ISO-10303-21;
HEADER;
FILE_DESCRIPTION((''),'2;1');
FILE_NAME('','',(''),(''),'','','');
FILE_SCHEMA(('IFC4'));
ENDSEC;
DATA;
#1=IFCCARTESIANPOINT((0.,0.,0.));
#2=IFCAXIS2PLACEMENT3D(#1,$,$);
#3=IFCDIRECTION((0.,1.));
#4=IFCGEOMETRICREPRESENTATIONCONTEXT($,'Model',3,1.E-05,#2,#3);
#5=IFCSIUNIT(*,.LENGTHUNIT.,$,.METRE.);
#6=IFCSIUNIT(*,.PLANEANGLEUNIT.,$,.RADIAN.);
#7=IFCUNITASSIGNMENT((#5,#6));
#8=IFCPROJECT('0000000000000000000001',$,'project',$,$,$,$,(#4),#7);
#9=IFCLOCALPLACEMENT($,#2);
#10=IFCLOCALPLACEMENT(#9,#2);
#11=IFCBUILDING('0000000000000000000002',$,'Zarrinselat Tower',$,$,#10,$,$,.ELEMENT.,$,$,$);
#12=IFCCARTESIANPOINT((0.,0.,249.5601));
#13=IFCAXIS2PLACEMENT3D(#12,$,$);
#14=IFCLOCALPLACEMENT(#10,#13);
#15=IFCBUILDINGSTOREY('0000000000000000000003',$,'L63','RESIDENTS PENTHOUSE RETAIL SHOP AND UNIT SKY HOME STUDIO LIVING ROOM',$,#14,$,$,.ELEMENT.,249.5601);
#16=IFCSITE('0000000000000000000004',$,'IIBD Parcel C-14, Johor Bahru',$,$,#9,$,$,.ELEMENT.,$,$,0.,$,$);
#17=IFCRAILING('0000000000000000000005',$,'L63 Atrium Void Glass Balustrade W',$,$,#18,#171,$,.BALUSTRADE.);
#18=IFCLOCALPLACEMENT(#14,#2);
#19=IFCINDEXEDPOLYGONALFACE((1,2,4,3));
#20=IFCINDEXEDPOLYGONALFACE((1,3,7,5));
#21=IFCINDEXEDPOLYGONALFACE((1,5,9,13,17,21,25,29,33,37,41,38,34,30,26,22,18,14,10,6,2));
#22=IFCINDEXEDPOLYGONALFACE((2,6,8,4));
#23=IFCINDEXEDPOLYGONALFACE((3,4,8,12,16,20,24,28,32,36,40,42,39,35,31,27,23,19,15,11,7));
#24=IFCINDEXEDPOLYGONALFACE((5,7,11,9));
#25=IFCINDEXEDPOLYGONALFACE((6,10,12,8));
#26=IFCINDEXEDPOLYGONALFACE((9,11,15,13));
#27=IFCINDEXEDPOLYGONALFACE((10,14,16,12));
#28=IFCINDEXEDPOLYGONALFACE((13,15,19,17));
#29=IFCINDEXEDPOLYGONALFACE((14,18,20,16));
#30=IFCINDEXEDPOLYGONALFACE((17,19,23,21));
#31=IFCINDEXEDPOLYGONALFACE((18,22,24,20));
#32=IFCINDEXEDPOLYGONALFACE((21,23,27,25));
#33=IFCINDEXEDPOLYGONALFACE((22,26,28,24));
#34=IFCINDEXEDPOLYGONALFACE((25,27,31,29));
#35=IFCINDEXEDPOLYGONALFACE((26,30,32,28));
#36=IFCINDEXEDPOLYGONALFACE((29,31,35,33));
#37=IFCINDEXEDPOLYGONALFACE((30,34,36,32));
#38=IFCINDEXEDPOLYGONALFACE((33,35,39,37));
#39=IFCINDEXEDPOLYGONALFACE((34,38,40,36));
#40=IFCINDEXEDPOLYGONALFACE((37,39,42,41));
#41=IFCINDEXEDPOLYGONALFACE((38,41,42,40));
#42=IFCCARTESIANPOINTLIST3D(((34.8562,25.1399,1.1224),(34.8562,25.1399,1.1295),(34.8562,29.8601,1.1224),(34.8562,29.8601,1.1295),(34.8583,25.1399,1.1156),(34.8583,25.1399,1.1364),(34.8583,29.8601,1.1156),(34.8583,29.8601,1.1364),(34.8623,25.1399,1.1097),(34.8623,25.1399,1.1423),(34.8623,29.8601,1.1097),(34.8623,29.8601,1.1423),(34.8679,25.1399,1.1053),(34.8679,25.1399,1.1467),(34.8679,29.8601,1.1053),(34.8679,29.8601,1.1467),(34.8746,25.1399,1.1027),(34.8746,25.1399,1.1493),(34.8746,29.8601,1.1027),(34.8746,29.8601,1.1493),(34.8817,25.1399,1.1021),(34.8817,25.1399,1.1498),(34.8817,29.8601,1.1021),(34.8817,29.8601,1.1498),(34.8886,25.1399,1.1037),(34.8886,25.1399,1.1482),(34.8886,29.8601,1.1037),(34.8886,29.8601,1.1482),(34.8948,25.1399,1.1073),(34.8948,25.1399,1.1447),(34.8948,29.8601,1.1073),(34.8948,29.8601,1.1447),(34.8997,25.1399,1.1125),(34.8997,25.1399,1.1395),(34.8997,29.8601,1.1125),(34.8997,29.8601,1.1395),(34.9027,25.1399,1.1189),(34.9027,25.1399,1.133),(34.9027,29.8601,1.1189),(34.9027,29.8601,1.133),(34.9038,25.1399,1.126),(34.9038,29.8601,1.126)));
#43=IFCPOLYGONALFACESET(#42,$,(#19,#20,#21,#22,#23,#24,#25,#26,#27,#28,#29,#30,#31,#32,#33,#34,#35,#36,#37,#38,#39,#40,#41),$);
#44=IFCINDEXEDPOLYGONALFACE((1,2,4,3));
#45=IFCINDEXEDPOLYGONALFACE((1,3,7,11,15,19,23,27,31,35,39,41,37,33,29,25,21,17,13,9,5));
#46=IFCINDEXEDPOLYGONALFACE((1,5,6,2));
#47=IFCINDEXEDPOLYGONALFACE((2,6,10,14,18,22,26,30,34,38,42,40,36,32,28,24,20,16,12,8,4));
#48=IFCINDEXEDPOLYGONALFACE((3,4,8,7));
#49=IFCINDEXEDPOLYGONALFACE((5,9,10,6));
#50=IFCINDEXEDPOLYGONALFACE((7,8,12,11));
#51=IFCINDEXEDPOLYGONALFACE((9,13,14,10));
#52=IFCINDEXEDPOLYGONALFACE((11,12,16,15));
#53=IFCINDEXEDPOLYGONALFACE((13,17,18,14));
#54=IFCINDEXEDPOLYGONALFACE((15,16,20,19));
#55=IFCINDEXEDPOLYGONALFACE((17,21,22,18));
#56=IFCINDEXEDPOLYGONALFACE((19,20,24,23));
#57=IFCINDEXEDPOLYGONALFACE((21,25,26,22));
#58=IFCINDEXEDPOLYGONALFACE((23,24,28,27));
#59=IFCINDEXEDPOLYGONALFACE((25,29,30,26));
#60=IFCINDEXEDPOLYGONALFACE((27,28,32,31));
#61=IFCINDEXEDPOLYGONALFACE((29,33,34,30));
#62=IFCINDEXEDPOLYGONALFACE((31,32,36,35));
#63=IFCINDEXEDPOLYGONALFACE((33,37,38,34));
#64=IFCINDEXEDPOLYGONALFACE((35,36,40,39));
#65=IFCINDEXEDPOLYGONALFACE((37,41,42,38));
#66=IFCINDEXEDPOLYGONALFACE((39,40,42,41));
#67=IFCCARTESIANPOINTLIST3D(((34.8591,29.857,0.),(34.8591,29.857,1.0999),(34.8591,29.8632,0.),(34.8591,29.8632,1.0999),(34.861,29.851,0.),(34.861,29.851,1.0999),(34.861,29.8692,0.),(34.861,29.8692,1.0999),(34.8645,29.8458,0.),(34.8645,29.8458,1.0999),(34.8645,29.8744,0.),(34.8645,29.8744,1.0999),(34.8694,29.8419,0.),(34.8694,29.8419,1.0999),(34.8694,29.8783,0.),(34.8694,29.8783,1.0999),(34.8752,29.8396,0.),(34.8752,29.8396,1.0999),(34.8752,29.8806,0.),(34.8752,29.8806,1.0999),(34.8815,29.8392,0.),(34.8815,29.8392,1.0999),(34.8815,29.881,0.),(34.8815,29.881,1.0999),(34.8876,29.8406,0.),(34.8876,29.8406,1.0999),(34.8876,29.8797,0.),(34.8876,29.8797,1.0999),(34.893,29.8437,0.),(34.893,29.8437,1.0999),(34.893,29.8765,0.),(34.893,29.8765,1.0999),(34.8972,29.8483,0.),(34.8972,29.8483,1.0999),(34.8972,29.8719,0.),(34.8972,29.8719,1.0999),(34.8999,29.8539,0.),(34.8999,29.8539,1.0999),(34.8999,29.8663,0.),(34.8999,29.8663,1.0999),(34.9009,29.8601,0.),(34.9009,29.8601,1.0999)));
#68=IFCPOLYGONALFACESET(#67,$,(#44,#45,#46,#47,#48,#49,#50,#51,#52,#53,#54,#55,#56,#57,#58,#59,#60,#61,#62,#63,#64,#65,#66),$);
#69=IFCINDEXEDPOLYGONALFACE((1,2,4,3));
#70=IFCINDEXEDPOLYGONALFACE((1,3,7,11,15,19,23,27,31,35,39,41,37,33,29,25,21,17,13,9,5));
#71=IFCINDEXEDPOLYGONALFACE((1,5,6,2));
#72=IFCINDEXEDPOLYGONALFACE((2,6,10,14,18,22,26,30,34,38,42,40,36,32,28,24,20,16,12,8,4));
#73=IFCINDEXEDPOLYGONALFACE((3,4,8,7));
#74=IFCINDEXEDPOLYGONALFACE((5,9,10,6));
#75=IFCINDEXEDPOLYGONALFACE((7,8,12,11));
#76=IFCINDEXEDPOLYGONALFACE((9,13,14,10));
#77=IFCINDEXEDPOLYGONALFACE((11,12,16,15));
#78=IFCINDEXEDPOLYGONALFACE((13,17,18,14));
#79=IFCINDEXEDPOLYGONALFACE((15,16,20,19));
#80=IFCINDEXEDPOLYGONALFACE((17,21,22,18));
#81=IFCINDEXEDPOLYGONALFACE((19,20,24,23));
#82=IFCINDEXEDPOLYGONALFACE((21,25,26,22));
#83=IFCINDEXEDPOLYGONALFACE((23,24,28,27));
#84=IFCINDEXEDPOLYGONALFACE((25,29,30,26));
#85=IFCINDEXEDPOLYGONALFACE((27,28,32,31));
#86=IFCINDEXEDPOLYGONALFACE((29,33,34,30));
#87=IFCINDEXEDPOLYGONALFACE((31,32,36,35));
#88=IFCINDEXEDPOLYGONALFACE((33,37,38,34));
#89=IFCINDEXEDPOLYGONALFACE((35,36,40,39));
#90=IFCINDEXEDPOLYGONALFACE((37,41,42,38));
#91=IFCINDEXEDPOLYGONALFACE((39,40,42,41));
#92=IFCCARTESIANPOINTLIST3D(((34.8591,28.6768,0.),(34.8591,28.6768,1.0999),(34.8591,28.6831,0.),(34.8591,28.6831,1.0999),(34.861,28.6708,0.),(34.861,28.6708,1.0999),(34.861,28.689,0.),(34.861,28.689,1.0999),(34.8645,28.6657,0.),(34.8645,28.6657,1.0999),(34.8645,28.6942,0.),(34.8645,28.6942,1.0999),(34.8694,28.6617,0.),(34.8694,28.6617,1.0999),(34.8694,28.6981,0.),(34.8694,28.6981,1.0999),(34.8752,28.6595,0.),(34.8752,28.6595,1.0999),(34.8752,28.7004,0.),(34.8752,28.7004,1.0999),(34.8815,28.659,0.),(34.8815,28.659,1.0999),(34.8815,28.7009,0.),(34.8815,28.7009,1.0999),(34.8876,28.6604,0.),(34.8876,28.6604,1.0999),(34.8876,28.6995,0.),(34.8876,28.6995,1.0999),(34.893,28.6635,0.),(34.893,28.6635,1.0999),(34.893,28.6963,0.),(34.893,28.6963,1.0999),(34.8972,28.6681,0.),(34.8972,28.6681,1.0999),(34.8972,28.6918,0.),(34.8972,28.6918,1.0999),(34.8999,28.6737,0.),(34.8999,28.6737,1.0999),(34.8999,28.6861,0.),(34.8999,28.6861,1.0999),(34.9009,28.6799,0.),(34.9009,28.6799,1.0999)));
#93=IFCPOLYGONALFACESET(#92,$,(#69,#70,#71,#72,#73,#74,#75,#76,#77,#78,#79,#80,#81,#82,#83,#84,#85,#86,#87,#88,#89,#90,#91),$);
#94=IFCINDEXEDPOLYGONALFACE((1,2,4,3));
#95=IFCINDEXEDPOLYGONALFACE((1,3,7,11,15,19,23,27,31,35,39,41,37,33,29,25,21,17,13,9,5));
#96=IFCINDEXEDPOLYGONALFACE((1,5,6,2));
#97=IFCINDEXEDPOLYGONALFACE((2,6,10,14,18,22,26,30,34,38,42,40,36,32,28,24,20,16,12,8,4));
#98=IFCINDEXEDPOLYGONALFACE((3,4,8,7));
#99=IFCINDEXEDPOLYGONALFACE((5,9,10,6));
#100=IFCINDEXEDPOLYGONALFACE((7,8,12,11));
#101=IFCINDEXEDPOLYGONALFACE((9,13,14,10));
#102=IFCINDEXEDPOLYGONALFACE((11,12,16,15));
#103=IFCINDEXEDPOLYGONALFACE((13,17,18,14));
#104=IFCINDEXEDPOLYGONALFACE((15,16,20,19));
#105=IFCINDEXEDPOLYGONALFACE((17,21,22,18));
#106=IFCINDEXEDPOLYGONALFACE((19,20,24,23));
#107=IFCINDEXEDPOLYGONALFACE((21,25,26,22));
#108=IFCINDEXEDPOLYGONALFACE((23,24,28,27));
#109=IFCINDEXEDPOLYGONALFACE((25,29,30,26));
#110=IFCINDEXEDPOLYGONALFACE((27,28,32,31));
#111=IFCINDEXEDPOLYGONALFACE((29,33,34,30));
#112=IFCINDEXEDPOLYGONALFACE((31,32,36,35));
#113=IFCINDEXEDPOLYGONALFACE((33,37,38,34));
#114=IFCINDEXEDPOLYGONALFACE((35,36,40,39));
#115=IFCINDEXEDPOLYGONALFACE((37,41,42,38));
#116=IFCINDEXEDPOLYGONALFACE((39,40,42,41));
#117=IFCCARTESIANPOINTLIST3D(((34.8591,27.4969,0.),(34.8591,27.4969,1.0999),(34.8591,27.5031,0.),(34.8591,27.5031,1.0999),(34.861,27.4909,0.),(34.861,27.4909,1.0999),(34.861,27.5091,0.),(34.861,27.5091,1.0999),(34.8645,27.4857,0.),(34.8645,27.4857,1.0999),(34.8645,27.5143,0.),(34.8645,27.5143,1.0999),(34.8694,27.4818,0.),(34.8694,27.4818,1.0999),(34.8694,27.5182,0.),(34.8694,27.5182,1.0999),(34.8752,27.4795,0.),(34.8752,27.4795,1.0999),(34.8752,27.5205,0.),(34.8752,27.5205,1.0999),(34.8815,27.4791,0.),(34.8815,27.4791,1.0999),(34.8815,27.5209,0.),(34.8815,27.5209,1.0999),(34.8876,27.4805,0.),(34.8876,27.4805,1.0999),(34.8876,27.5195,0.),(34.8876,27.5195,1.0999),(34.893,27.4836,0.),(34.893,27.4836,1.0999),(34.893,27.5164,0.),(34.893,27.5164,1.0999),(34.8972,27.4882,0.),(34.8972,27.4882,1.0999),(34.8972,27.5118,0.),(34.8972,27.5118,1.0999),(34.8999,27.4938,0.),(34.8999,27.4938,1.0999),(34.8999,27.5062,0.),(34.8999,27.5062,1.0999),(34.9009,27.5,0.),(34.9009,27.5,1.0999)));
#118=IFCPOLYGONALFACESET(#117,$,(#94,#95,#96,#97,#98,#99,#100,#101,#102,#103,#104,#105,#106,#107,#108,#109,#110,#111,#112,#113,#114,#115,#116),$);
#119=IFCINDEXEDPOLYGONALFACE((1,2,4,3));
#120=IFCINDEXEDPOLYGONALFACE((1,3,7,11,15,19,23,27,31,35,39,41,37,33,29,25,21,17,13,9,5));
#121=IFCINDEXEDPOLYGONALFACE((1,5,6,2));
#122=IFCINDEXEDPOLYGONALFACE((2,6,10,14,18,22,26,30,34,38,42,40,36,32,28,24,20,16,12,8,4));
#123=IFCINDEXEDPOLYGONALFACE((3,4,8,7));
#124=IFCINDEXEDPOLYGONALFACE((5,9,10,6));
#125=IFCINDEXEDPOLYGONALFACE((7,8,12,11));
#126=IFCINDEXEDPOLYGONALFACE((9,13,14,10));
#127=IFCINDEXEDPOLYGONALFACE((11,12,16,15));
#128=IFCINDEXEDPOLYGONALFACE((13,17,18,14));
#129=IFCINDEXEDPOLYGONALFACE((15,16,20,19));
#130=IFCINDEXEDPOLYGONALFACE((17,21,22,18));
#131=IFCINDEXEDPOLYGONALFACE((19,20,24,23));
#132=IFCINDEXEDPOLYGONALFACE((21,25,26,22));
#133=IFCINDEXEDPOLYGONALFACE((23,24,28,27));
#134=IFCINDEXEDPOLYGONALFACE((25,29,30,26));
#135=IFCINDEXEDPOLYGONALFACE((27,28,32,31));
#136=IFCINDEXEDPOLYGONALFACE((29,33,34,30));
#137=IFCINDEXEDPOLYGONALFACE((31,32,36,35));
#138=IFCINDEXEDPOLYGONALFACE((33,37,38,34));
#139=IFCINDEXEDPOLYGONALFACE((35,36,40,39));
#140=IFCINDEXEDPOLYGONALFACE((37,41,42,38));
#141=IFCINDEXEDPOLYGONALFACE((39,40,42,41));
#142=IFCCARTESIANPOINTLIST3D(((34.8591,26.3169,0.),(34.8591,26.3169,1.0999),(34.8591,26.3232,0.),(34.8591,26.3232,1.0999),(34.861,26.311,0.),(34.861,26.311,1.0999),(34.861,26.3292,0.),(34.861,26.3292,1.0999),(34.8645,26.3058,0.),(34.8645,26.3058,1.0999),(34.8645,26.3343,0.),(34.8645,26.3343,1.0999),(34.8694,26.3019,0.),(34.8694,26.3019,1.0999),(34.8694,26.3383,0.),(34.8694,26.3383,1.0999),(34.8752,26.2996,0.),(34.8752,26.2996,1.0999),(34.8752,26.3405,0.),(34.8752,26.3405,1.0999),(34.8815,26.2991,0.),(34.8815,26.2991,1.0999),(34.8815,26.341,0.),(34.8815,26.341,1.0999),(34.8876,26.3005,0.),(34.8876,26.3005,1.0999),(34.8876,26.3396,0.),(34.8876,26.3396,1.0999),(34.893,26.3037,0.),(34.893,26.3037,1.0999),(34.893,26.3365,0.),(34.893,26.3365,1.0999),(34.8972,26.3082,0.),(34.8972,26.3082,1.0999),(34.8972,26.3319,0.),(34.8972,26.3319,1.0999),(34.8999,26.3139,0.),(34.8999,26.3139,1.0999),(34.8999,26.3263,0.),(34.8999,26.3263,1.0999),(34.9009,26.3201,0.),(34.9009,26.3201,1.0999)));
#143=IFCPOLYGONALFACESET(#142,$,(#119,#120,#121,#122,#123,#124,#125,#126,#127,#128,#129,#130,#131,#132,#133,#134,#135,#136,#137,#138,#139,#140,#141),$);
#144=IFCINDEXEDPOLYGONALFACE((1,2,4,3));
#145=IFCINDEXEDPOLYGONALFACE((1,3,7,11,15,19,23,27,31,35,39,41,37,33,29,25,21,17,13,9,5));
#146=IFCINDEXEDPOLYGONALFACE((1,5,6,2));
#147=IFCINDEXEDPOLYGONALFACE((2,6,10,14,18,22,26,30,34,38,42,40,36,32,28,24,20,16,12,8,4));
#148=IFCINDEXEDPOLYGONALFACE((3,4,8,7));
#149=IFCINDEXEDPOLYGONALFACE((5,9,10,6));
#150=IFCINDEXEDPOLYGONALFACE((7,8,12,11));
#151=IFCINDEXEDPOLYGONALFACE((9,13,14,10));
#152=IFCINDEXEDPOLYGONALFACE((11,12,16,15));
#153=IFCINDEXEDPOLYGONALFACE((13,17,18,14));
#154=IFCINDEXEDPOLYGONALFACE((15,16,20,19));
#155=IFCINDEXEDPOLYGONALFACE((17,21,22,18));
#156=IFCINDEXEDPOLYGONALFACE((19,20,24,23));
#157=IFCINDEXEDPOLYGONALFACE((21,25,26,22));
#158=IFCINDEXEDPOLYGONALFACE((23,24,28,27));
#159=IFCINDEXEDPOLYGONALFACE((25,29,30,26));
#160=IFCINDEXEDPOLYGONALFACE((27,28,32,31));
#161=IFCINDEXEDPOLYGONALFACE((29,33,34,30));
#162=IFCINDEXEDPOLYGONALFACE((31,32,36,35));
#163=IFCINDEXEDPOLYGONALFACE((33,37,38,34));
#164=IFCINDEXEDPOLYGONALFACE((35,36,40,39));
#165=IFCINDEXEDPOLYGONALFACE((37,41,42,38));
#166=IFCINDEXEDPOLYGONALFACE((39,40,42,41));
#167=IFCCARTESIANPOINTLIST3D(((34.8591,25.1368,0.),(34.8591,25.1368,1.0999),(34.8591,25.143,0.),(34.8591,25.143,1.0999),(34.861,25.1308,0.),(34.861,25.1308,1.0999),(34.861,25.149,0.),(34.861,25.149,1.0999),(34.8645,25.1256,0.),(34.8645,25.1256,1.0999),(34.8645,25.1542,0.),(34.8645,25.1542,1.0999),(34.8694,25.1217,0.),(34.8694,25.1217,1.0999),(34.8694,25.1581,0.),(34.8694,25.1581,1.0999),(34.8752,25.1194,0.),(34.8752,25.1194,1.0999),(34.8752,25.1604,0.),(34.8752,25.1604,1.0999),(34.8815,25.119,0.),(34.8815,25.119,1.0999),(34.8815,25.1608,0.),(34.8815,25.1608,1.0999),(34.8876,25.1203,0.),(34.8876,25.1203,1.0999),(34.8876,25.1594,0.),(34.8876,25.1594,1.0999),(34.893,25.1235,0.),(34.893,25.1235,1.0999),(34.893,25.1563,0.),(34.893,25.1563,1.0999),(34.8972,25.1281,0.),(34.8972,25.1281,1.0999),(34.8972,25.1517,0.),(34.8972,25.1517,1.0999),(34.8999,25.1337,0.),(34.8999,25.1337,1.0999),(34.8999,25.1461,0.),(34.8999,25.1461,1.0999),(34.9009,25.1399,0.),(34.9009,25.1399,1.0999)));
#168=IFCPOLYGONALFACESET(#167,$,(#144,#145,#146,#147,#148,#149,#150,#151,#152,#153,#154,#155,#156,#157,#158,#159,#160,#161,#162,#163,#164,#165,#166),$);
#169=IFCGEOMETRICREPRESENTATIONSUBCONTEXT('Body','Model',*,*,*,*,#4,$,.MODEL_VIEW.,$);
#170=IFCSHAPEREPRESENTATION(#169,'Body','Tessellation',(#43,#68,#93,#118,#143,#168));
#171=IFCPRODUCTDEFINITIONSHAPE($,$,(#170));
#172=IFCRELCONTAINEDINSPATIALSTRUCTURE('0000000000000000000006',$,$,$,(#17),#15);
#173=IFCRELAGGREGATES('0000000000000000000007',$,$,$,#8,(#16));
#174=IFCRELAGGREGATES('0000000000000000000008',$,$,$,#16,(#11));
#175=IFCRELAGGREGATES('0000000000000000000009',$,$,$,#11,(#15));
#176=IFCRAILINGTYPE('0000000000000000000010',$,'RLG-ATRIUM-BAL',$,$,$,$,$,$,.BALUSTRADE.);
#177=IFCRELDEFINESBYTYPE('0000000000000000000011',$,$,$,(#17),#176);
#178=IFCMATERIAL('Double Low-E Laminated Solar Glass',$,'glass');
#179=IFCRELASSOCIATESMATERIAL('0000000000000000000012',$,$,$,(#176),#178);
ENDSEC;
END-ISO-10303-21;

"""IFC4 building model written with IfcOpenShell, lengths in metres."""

from ifc_helpers import new_model, si_unit, direction, frame, origin, origin_2d, place, context, subcontext, project, spatial, circle, extrude, material, type_object, element, save


model = new_model("IFC4")

# Units and contexts
model_context = context("Model", 3, precision=1e-05, world=origin(), true_north=direction((0.0, 1.0)))
body_context = subcontext(model_context, "Body", "Model", "MODEL_VIEW")
ifc_project = project(units=[si_unit("LENGTHUNIT", "METRE"), si_unit("PLANEANGLEUNIT", "RADIAN")], contexts=[model_context])

# Site, building, storey
site_placement = place(None, origin())
site = spatial("IfcSite", under=ifc_project, at=site_placement, Name="IIBD Parcel C-14, Johor Bahru", CompositionType="ELEMENT", RefElevation=0.0)
building_placement = place(site_placement, origin())
building = spatial("IfcBuilding", under=site, at=building_placement, Name="Zarrinselat Tower", CompositionType="ELEMENT")
storey_placement = place(building_placement, frame((0.0, 0.0, 249.5601)))
storey = spatial("IfcBuildingStorey", under=building, at=storey_placement, Name="L63", Description="RESIDENTS PENTHOUSE RETAIL SHOP AND UNIT SKY HOME STUDIO LIVING ROOM", CompositionType="ELEMENT", Elevation=249.5601)

# Railing
ifc_material_1 = material(Name="Double Low-E Laminated Solar Glass", Category="glass")
railing_type_1 = type_object("IfcRailingType", Name="RLG-ATRIUM-BAL", PredefinedType="BALUSTRADE", material=ifc_material_1)
railing_1_placement = place(storey_placement, frame((34.8799, 29.8601, 0.0)))
element("IfcRailing", 1, at=railing_1_placement, inside=storey, type_object=railing_type_1, Name="L63 Atrium Void Glass Balustrade W", PredefinedType="BALUSTRADE", context=body_context, shape_type="SweptSolid", body=[
    extrude(circle(Radius=0.0239, at=origin_2d()), frame((0.0, 0.0, 1.126), z_axis=(0.0, -1.0, 0.0), x_axis=(1.0, 0.0, 0.0)), (0.0, 0.0, 1.0), 4.7202),
    extrude(circle(Radius=0.021, at=origin_2d()), origin(), (0.0, 0.0, 1.0), 1.0999),
    extrude(circle(Radius=0.021, at=origin_2d()), frame((0.0, -1.1802, 0.0)), (0.0, 0.0, 1.0), 1.0999),
    extrude(circle(Radius=0.021, at=origin_2d()), frame((0.0, -2.3601, 0.0)), (0.0, 0.0, 1.0), 1.0999),
    extrude(circle(Radius=0.021, at=origin_2d()), frame((0.0, -3.54, 0.0)), (0.0, 0.0, 1.0), 1.0999),
    extrude(circle(Radius=0.021, at=origin_2d()), frame((0.0, -4.7202, 0.0)), (0.0, 0.0, 1.0), 1.0999),
])

save(model, "model.ifc")
